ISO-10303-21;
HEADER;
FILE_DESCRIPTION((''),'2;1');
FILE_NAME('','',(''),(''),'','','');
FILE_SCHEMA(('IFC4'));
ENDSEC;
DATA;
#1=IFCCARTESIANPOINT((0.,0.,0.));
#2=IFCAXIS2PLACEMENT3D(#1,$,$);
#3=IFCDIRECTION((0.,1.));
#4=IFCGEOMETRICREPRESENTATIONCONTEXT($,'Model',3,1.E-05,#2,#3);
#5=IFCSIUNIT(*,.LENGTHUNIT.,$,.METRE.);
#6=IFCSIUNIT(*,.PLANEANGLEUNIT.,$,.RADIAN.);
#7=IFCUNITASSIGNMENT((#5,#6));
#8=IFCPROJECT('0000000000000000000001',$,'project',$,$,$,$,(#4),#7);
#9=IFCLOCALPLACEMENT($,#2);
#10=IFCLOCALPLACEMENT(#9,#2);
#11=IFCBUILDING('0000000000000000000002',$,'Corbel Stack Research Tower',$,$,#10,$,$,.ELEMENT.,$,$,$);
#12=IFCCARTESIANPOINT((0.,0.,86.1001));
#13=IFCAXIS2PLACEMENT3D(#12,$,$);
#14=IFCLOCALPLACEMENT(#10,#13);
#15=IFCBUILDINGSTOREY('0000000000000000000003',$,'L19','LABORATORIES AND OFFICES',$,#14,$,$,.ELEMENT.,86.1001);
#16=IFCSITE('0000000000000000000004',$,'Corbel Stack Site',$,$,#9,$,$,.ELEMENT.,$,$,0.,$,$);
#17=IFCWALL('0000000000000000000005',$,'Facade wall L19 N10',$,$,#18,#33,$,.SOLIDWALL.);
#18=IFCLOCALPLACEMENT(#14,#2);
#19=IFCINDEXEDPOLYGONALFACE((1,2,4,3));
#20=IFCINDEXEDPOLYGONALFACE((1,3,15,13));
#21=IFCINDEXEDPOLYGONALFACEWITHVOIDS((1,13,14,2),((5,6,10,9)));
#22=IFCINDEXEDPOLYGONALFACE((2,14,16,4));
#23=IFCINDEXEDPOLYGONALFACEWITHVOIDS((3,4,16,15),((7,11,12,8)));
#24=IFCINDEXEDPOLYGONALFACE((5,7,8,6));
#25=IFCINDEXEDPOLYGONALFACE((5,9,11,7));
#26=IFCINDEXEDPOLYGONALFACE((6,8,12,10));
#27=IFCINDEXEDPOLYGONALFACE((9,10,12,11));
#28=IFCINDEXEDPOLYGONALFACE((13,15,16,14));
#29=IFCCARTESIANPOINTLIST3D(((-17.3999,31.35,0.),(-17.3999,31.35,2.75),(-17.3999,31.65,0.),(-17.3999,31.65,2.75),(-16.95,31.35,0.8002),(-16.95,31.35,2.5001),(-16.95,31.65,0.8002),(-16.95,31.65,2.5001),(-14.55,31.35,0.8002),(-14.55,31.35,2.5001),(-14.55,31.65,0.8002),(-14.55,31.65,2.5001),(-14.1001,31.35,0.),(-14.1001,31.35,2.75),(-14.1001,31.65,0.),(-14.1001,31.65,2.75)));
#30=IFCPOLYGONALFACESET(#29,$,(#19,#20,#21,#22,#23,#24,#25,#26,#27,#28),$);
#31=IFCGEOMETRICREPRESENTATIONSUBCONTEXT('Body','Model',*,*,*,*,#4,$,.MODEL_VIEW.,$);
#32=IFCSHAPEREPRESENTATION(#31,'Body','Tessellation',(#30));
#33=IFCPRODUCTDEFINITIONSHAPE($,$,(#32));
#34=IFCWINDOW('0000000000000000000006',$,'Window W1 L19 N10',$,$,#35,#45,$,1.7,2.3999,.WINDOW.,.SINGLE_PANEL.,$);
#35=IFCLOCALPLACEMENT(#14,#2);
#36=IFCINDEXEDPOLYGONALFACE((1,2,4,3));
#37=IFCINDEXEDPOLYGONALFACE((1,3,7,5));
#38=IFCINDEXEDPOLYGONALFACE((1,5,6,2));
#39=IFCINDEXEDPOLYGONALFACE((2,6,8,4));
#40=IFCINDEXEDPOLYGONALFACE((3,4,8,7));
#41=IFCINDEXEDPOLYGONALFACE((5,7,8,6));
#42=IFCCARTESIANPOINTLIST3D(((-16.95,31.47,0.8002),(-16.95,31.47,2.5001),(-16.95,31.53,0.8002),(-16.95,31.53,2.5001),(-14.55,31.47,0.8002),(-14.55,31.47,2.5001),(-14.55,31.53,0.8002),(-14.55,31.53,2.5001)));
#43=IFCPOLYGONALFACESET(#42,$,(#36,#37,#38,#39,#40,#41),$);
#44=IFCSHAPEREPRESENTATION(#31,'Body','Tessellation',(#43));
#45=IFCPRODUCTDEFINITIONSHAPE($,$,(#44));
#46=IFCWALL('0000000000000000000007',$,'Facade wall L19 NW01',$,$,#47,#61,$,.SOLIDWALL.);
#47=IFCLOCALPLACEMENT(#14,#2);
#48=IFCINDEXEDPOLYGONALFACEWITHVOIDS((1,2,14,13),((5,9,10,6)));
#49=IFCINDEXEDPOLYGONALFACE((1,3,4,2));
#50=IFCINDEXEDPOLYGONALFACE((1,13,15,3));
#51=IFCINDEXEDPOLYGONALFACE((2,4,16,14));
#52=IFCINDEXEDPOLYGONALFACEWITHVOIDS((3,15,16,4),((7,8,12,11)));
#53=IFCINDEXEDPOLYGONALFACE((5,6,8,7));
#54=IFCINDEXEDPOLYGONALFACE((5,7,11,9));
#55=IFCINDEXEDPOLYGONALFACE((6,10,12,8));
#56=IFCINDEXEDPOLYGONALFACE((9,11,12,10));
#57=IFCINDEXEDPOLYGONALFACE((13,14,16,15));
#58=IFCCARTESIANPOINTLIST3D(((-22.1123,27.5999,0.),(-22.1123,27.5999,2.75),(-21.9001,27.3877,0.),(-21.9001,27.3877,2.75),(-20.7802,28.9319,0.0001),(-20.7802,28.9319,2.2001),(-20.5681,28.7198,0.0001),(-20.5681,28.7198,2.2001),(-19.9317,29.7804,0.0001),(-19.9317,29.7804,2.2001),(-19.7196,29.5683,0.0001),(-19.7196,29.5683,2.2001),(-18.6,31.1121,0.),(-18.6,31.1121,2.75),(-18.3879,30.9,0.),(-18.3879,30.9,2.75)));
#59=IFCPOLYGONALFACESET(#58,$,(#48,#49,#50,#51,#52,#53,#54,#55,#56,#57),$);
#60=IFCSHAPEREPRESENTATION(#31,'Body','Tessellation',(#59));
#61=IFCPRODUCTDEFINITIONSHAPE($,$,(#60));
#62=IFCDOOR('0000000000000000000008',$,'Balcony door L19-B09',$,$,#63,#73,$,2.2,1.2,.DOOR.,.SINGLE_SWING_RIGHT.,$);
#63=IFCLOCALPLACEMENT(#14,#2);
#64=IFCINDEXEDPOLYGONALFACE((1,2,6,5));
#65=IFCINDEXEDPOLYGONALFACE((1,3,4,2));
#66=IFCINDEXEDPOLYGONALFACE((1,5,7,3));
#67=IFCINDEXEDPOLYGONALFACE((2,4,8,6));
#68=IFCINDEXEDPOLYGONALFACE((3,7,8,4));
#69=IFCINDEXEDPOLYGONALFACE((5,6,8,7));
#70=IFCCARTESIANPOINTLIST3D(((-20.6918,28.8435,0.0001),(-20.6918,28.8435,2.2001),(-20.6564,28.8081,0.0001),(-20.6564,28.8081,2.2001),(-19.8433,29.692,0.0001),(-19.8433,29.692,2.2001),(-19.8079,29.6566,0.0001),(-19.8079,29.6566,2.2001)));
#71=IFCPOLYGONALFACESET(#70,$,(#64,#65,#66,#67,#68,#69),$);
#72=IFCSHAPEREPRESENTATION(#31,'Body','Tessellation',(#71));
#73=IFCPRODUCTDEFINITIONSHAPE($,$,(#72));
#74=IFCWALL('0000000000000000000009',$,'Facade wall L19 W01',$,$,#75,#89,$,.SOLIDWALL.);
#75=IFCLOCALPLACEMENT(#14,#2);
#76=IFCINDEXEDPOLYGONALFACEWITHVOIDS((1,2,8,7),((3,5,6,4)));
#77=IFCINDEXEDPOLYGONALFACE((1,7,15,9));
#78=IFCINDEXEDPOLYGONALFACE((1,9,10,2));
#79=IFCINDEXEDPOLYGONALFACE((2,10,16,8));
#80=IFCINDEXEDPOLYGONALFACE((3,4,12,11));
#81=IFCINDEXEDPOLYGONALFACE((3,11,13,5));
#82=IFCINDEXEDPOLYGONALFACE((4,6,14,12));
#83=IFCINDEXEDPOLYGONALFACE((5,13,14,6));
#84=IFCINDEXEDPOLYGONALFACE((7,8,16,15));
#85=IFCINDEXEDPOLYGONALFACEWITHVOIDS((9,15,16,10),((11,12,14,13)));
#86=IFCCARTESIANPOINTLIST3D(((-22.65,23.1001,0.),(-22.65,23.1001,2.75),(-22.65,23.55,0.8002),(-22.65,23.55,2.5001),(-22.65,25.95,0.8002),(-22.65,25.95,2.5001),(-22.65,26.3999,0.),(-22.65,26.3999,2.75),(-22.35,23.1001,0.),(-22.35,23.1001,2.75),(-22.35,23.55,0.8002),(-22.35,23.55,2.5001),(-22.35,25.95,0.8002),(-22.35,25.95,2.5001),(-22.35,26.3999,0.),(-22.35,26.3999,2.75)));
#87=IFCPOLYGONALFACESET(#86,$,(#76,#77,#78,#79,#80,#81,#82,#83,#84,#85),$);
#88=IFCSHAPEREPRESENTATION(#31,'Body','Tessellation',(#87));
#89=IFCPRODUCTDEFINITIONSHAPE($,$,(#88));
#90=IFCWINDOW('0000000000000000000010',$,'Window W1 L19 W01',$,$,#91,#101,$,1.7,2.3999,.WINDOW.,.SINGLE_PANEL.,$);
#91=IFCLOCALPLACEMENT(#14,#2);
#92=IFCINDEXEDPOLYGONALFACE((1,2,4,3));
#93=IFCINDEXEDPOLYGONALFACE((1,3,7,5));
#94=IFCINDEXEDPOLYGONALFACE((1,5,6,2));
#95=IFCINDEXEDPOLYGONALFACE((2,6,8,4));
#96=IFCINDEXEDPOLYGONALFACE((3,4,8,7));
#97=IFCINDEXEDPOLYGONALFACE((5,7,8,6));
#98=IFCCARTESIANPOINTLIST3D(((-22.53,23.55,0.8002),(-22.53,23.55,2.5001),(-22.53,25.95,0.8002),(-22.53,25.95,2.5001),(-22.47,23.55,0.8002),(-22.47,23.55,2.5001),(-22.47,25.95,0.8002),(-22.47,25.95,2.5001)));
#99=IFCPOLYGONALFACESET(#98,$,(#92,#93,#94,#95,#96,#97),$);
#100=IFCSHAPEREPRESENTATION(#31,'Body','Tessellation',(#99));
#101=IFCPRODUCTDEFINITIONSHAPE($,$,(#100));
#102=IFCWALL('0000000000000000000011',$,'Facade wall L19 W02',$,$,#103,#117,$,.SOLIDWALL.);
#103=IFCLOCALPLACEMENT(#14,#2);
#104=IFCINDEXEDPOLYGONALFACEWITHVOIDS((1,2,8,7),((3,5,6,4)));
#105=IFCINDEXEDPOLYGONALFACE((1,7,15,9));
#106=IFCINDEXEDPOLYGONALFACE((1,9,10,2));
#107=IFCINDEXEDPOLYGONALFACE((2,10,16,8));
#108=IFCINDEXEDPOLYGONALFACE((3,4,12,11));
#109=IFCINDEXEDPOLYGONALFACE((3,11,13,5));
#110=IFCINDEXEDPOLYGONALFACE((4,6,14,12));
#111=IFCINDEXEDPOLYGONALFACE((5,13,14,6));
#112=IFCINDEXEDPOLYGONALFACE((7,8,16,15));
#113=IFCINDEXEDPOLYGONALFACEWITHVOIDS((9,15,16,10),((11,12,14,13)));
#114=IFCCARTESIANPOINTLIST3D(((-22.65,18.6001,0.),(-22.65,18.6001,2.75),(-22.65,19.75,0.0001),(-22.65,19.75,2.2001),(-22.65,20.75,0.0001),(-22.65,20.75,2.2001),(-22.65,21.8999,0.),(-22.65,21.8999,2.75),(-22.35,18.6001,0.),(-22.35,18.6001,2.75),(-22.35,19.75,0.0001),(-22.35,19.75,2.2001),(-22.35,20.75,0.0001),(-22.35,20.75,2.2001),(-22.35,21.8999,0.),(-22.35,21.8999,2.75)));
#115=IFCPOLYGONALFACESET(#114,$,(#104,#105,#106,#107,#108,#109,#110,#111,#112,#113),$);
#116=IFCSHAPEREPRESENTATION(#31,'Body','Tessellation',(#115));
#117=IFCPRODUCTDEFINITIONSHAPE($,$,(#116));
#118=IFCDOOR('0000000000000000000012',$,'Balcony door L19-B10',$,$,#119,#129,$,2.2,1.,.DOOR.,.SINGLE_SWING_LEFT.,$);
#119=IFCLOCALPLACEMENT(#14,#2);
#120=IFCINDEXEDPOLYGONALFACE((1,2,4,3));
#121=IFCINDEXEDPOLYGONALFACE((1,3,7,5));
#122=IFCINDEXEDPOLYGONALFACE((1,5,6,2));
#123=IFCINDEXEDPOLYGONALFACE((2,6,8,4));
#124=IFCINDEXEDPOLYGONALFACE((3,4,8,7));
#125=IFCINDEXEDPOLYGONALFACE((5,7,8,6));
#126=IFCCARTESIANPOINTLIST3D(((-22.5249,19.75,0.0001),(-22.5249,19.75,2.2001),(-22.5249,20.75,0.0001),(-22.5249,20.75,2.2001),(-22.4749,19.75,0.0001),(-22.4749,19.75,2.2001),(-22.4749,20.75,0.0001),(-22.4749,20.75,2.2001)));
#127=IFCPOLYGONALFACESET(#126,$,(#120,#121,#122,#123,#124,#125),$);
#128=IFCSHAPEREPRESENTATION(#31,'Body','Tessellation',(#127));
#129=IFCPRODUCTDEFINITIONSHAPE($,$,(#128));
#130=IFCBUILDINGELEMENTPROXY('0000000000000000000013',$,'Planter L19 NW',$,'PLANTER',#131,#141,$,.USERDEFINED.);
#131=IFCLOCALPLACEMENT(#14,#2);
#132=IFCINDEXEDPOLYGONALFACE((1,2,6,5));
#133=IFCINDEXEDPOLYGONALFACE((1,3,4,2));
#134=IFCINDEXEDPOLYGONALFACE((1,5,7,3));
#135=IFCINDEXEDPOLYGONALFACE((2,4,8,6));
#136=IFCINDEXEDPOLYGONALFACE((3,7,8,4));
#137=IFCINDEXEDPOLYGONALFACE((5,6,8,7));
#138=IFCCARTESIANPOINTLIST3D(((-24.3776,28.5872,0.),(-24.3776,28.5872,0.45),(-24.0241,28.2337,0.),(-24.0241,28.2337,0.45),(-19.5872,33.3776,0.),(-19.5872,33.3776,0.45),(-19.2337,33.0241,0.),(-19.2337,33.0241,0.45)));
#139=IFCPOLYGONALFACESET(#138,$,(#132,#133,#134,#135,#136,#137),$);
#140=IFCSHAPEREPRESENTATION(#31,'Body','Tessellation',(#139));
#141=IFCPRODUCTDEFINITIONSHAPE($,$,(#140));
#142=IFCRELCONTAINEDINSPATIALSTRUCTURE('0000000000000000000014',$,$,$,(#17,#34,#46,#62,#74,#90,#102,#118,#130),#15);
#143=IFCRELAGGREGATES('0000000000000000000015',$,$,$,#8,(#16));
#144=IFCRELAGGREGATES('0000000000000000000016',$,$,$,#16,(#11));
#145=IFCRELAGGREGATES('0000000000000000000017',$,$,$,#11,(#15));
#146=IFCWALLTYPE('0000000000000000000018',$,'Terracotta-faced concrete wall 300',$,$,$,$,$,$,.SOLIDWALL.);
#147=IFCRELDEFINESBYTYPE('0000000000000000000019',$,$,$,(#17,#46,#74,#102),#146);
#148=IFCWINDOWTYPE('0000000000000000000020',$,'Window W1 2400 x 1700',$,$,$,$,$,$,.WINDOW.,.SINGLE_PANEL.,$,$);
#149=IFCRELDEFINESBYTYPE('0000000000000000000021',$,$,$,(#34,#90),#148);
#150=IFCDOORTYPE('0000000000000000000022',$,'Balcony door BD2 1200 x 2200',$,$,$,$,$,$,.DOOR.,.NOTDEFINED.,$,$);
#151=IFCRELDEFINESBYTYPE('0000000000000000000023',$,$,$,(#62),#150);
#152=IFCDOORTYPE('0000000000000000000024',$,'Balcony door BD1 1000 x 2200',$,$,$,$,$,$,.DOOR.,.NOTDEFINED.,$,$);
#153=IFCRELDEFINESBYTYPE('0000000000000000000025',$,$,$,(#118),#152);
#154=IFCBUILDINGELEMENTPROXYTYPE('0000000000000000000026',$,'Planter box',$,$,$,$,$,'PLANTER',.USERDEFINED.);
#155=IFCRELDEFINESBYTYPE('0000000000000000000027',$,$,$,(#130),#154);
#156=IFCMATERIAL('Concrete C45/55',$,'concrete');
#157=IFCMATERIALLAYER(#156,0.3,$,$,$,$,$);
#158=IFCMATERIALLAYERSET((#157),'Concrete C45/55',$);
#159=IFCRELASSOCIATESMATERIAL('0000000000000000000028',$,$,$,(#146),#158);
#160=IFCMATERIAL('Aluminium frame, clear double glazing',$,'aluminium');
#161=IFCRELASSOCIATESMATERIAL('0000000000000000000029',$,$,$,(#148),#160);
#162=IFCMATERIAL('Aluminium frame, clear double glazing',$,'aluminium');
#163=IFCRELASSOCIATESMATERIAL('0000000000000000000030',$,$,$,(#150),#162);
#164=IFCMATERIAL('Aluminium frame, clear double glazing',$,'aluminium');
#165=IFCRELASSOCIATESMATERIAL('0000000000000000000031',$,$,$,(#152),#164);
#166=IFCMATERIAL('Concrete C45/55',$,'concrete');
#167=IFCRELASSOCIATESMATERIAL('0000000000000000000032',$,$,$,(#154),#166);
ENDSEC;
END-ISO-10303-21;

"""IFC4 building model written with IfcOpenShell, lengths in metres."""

from ifc_helpers import new_model, si_unit, direction, frame, frame_2d, origin, origin_2d, place, context, subcontext, project, spatial, rectangle, extrude, material, layer, layer_set, type_object, element, fill, save


model = new_model("IFC4")

# Units and contexts
model_context = context("Model", 3, precision=1e-05, world=origin(), true_north=direction((0.0, 1.0)))
body_context = subcontext(model_context, "Body", "Model", "MODEL_VIEW")
ifc_project = project(units=[si_unit("LENGTHUNIT", "METRE"), si_unit("PLANEANGLEUNIT", "RADIAN")], contexts=[model_context])

# Site, building, storey
site_placement = place(None, origin())
site = spatial("IfcSite", under=ifc_project, at=site_placement, Name="Corbel Stack Site", CompositionType="ELEMENT", RefElevation=0.0)
building_placement = place(site_placement, origin())
building = spatial("IfcBuilding", under=site, at=building_placement, Name="Corbel Stack Research Tower", CompositionType="ELEMENT")
storey_placement = place(building_placement, frame((0.0, 0.0, 86.1001)))
storey = spatial("IfcBuildingStorey", under=building, at=storey_placement, Name="L19", Description="LABORATORIES AND OFFICES", CompositionType="ELEMENT", Elevation=86.1001)

# Wall, opening, window
ifc_material_1 = material(Name="Concrete C45/55", Category="concrete")
ifc_layer_1 = layer(ifc_material_1, 0.3)
ifc_layer_set_1 = layer_set([ifc_layer_1], Name="Concrete C45/55")
wall_type_1 = type_object("IfcWallType", Name="Terracotta-faced concrete wall 300", PredefinedType="SOLIDWALL", material=ifc_layer_set_1)
wall_1_placement = place(storey_placement, frame((-17.3999, 31.5, 0.0), z_axis=(0.0, 0.0, 1.0), x_axis=(1.0, 0.0, 0.0)))
wall_1 = element("IfcWall", 1, at=wall_1_placement, inside=storey, type_object=wall_type_1, Name="Facade wall L19 N10", PredefinedType="SOLIDWALL", context=body_context, shape_type="SweptSolid", body=[
    extrude(rectangle(XDim=3.2998, YDim=0.3, at=frame_2d((1.6499, 0.0))), origin(), (0.0, 0.0, 1.0), 2.75),
])
opening_1_placement = place(wall_1_placement, frame((0.45, 0.0, 0.8)))
opening_1 = element("IfcOpeningElement", 2, at=opening_1_placement, cuts=wall_1, PredefinedType="OPENING", context=body_context, shape_type="SweptSolid", body=[
    extrude(rectangle(XDim=2.3999, YDim=1.7, at=frame_2d((1.2, 0.8501))), frame((0.0, 0.1599, 0.0), z_axis=(0.0, -1.0, 0.0), x_axis=(1.0, 0.0, 0.0)), (0.0, 0.0, 1.0), 0.3201),
])
ifc_material_2 = material(Name="Aluminium frame, clear double glazing", Category="aluminium")
window_type = type_object("IfcWindowType", Name="Window W1 2400 x 1700", PartitioningType="SINGLE_PANEL", PredefinedType="WINDOW", material=ifc_material_2)
window_1_placement = place(opening_1_placement, origin())
window_1 = element("IfcWindow", 3, at=window_1_placement, inside=storey, type_object=window_type, Name="Window W1 L19 N10", OverallHeight=1.7, OverallWidth=2.3999, PartitioningType="SINGLE_PANEL", PredefinedType="WINDOW", context=body_context, shape_type="SweptSolid", body=[
    extrude(rectangle(XDim=2.3999, YDim=1.7, at=frame_2d((1.2, 0.8501))), frame((0.0, 0.03, 0.0), z_axis=(0.0, -1.0, 0.0), x_axis=(1.0, 0.0, 0.0)), (0.0, 0.0, 1.0), 0.0601),
])
fill(opening_1, window_1)

# Wall, opening, door
wall_2_placement = place(storey_placement, frame((-22.0061, 27.4939, 0.0), z_axis=(0.0, 0.0, 1.0), x_axis=(0.707107, 0.707107, 0.0)))
wall_2 = element("IfcWall", 4, at=wall_2_placement, inside=storey, type_object=wall_type_1, Name="Facade wall L19 NW01", PredefinedType="SOLIDWALL", context=body_context, shape_type="SweptSolid", body=[
    extrude(rectangle(XDim=4.967, YDim=0.3, at=frame_2d((2.4834, 0.0))), origin(), (0.0, 0.0, 1.0), 2.75),
])
opening_2_placement = place(wall_2_placement, frame((1.8835, 0.0, 0.0)))
opening_2 = element("IfcOpeningElement", 5, at=opening_2_placement, cuts=wall_2, PredefinedType="OPENING", context=body_context, shape_type="SweptSolid", body=[
    extrude(rectangle(XDim=1.2, YDim=2.2, at=frame_2d((0.6001, 1.1001))), frame((0.0, 0.1599, 0.0), z_axis=(0.0, -1.0, 0.0), x_axis=(1.0, 0.0, 0.0)), (0.0, 0.0, 1.0), 0.3201),
])
ifc_material_3 = material(Name="Aluminium frame, clear double glazing", Category="aluminium")
door_type_1 = type_object("IfcDoorType", Name="Balcony door BD2 1200 x 2200", OperationType="NOTDEFINED", PredefinedType="DOOR", material=ifc_material_3)
door_1_placement = place(opening_2_placement, origin())
door_1 = element("IfcDoor", 6, at=door_1_placement, inside=storey, type_object=door_type_1, Name="Balcony door L19-B09", OperationType="SINGLE_SWING_RIGHT", OverallHeight=2.2, OverallWidth=1.2, PredefinedType="DOOR", context=body_context, shape_type="SweptSolid", body=[
    extrude(rectangle(XDim=1.2, YDim=2.2, at=frame_2d((0.6001, 1.1001))), frame((0.0, 0.0249, 0.0), z_axis=(0.0, -1.0, 0.0), x_axis=(1.0, 0.0, 0.0)), (0.0, 0.0, 1.0), 0.05),
])
fill(opening_2, door_1)

# Wall, opening, window
wall_3_placement = place(storey_placement, frame((-22.5, 23.1001, 0.0), z_axis=(0.0, 0.0, 1.0), x_axis=(0.0, 1.0, 0.0)))
wall_3 = element("IfcWall", 7, at=wall_3_placement, inside=storey, type_object=wall_type_1, Name="Facade wall L19 W01", PredefinedType="SOLIDWALL", context=body_context, shape_type="SweptSolid", body=[
    extrude(rectangle(XDim=3.2998, YDim=0.3, at=frame_2d((1.6499, 0.0))), origin(), (0.0, 0.0, 1.0), 2.75),
])
opening_3_placement = place(wall_3_placement, frame((0.45, 0.0, 0.8)))
opening_3 = element("IfcOpeningElement", 8, at=opening_3_placement, cuts=wall_3, PredefinedType="OPENING", context=body_context, shape_type="SweptSolid", body=[
    extrude(rectangle(XDim=2.3999, YDim=1.7, at=frame_2d((1.2, 0.8501))), frame((0.0, 0.1599, 0.0), z_axis=(0.0, -1.0, 0.0), x_axis=(1.0, 0.0, 0.0)), (0.0, 0.0, 1.0), 0.3201),
])
window_2_placement = place(opening_3_placement, origin())
window_2 = element("IfcWindow", 9, at=window_2_placement, inside=storey, type_object=window_type, Name="Window W1 L19 W01", OverallHeight=1.7, OverallWidth=2.3999, PartitioningType="SINGLE_PANEL", PredefinedType="WINDOW", context=body_context, shape_type="SweptSolid", body=[
    extrude(rectangle(XDim=2.3999, YDim=1.7, at=frame_2d((1.2, 0.8501))), frame((0.0, 0.03, 0.0), z_axis=(0.0, -1.0, 0.0), x_axis=(1.0, 0.0, 0.0)), (0.0, 0.0, 1.0), 0.0601),
])
fill(opening_3, window_2)

# Wall, opening, door
wall_4_placement = place(storey_placement, frame((-22.5, 18.6001, 0.0), z_axis=(0.0, 0.0, 1.0), x_axis=(0.0, 1.0, 0.0)))
wall_4 = element("IfcWall", 10, at=wall_4_placement, inside=storey, type_object=wall_type_1, Name="Facade wall L19 W02", PredefinedType="SOLIDWALL", context=body_context, shape_type="SweptSolid", body=[
    extrude(rectangle(XDim=3.2998, YDim=0.3, at=frame_2d((1.6499, 0.0))), origin(), (0.0, 0.0, 1.0), 2.75),
])
opening_4_placement = place(wall_4_placement, frame((1.1499, 0.0, 0.0)))
opening_4 = element("IfcOpeningElement", 11, at=opening_4_placement, cuts=wall_4, PredefinedType="OPENING", context=body_context, shape_type="SweptSolid", body=[
    extrude(rectangle(XDim=1.0, YDim=2.2, at=frame_2d((0.5, 1.1001))), frame((0.0, 0.1599, 0.0), z_axis=(0.0, -1.0, 0.0), x_axis=(1.0, 0.0, 0.0)), (0.0, 0.0, 1.0), 0.3201),
])
ifc_material_4 = material(Name="Aluminium frame, clear double glazing", Category="aluminium")
door_type_2 = type_object("IfcDoorType", Name="Balcony door BD1 1000 x 2200", OperationType="NOTDEFINED", PredefinedType="DOOR", material=ifc_material_4)
door_2_placement = place(opening_4_placement, origin())
door_2 = element("IfcDoor", 12, at=door_2_placement, inside=storey, type_object=door_type_2, Name="Balcony door L19-B10", OperationType="SINGLE_SWING_LEFT", OverallHeight=2.2, OverallWidth=1.0, PredefinedType="DOOR", context=body_context, shape_type="SweptSolid", body=[
    extrude(rectangle(XDim=1.0, YDim=2.2, at=frame_2d((0.5, 1.1001))), frame((0.0, 0.0249, 0.0), z_axis=(0.0, -1.0, 0.0), x_axis=(1.0, 0.0, 0.0)), (0.0, 0.0, 1.0), 0.05),
])
fill(opening_4, door_2)

# Building element proxy
ifc_material_5 = material(Name="Concrete C45/55", Category="concrete")
building_element_proxy_type = type_object("IfcBuildingElementProxyType", Name="Planter box", ElementType="PLANTER", PredefinedType="USERDEFINED", material=ifc_material_5)
proxy_placement = place(storey_placement, frame((-21.8057, 30.8057, 0.0), z_axis=(0.0, 0.0, 1.0), x_axis=(-0.707107, -0.707107, 0.0)))
element("IfcBuildingElementProxy", 13, at=proxy_placement, inside=storey, type_object=building_element_proxy_type, Name="Planter L19 NW", ObjectType="PLANTER", PredefinedType="USERDEFINED", context=body_context, shape_type="SweptSolid", body=[
    extrude(rectangle(XDim=6.7747, YDim=0.5, at=origin_2d()), origin(), (0.0, 0.0, 1.0), 0.45),
])

save(model, "model.ifc")
